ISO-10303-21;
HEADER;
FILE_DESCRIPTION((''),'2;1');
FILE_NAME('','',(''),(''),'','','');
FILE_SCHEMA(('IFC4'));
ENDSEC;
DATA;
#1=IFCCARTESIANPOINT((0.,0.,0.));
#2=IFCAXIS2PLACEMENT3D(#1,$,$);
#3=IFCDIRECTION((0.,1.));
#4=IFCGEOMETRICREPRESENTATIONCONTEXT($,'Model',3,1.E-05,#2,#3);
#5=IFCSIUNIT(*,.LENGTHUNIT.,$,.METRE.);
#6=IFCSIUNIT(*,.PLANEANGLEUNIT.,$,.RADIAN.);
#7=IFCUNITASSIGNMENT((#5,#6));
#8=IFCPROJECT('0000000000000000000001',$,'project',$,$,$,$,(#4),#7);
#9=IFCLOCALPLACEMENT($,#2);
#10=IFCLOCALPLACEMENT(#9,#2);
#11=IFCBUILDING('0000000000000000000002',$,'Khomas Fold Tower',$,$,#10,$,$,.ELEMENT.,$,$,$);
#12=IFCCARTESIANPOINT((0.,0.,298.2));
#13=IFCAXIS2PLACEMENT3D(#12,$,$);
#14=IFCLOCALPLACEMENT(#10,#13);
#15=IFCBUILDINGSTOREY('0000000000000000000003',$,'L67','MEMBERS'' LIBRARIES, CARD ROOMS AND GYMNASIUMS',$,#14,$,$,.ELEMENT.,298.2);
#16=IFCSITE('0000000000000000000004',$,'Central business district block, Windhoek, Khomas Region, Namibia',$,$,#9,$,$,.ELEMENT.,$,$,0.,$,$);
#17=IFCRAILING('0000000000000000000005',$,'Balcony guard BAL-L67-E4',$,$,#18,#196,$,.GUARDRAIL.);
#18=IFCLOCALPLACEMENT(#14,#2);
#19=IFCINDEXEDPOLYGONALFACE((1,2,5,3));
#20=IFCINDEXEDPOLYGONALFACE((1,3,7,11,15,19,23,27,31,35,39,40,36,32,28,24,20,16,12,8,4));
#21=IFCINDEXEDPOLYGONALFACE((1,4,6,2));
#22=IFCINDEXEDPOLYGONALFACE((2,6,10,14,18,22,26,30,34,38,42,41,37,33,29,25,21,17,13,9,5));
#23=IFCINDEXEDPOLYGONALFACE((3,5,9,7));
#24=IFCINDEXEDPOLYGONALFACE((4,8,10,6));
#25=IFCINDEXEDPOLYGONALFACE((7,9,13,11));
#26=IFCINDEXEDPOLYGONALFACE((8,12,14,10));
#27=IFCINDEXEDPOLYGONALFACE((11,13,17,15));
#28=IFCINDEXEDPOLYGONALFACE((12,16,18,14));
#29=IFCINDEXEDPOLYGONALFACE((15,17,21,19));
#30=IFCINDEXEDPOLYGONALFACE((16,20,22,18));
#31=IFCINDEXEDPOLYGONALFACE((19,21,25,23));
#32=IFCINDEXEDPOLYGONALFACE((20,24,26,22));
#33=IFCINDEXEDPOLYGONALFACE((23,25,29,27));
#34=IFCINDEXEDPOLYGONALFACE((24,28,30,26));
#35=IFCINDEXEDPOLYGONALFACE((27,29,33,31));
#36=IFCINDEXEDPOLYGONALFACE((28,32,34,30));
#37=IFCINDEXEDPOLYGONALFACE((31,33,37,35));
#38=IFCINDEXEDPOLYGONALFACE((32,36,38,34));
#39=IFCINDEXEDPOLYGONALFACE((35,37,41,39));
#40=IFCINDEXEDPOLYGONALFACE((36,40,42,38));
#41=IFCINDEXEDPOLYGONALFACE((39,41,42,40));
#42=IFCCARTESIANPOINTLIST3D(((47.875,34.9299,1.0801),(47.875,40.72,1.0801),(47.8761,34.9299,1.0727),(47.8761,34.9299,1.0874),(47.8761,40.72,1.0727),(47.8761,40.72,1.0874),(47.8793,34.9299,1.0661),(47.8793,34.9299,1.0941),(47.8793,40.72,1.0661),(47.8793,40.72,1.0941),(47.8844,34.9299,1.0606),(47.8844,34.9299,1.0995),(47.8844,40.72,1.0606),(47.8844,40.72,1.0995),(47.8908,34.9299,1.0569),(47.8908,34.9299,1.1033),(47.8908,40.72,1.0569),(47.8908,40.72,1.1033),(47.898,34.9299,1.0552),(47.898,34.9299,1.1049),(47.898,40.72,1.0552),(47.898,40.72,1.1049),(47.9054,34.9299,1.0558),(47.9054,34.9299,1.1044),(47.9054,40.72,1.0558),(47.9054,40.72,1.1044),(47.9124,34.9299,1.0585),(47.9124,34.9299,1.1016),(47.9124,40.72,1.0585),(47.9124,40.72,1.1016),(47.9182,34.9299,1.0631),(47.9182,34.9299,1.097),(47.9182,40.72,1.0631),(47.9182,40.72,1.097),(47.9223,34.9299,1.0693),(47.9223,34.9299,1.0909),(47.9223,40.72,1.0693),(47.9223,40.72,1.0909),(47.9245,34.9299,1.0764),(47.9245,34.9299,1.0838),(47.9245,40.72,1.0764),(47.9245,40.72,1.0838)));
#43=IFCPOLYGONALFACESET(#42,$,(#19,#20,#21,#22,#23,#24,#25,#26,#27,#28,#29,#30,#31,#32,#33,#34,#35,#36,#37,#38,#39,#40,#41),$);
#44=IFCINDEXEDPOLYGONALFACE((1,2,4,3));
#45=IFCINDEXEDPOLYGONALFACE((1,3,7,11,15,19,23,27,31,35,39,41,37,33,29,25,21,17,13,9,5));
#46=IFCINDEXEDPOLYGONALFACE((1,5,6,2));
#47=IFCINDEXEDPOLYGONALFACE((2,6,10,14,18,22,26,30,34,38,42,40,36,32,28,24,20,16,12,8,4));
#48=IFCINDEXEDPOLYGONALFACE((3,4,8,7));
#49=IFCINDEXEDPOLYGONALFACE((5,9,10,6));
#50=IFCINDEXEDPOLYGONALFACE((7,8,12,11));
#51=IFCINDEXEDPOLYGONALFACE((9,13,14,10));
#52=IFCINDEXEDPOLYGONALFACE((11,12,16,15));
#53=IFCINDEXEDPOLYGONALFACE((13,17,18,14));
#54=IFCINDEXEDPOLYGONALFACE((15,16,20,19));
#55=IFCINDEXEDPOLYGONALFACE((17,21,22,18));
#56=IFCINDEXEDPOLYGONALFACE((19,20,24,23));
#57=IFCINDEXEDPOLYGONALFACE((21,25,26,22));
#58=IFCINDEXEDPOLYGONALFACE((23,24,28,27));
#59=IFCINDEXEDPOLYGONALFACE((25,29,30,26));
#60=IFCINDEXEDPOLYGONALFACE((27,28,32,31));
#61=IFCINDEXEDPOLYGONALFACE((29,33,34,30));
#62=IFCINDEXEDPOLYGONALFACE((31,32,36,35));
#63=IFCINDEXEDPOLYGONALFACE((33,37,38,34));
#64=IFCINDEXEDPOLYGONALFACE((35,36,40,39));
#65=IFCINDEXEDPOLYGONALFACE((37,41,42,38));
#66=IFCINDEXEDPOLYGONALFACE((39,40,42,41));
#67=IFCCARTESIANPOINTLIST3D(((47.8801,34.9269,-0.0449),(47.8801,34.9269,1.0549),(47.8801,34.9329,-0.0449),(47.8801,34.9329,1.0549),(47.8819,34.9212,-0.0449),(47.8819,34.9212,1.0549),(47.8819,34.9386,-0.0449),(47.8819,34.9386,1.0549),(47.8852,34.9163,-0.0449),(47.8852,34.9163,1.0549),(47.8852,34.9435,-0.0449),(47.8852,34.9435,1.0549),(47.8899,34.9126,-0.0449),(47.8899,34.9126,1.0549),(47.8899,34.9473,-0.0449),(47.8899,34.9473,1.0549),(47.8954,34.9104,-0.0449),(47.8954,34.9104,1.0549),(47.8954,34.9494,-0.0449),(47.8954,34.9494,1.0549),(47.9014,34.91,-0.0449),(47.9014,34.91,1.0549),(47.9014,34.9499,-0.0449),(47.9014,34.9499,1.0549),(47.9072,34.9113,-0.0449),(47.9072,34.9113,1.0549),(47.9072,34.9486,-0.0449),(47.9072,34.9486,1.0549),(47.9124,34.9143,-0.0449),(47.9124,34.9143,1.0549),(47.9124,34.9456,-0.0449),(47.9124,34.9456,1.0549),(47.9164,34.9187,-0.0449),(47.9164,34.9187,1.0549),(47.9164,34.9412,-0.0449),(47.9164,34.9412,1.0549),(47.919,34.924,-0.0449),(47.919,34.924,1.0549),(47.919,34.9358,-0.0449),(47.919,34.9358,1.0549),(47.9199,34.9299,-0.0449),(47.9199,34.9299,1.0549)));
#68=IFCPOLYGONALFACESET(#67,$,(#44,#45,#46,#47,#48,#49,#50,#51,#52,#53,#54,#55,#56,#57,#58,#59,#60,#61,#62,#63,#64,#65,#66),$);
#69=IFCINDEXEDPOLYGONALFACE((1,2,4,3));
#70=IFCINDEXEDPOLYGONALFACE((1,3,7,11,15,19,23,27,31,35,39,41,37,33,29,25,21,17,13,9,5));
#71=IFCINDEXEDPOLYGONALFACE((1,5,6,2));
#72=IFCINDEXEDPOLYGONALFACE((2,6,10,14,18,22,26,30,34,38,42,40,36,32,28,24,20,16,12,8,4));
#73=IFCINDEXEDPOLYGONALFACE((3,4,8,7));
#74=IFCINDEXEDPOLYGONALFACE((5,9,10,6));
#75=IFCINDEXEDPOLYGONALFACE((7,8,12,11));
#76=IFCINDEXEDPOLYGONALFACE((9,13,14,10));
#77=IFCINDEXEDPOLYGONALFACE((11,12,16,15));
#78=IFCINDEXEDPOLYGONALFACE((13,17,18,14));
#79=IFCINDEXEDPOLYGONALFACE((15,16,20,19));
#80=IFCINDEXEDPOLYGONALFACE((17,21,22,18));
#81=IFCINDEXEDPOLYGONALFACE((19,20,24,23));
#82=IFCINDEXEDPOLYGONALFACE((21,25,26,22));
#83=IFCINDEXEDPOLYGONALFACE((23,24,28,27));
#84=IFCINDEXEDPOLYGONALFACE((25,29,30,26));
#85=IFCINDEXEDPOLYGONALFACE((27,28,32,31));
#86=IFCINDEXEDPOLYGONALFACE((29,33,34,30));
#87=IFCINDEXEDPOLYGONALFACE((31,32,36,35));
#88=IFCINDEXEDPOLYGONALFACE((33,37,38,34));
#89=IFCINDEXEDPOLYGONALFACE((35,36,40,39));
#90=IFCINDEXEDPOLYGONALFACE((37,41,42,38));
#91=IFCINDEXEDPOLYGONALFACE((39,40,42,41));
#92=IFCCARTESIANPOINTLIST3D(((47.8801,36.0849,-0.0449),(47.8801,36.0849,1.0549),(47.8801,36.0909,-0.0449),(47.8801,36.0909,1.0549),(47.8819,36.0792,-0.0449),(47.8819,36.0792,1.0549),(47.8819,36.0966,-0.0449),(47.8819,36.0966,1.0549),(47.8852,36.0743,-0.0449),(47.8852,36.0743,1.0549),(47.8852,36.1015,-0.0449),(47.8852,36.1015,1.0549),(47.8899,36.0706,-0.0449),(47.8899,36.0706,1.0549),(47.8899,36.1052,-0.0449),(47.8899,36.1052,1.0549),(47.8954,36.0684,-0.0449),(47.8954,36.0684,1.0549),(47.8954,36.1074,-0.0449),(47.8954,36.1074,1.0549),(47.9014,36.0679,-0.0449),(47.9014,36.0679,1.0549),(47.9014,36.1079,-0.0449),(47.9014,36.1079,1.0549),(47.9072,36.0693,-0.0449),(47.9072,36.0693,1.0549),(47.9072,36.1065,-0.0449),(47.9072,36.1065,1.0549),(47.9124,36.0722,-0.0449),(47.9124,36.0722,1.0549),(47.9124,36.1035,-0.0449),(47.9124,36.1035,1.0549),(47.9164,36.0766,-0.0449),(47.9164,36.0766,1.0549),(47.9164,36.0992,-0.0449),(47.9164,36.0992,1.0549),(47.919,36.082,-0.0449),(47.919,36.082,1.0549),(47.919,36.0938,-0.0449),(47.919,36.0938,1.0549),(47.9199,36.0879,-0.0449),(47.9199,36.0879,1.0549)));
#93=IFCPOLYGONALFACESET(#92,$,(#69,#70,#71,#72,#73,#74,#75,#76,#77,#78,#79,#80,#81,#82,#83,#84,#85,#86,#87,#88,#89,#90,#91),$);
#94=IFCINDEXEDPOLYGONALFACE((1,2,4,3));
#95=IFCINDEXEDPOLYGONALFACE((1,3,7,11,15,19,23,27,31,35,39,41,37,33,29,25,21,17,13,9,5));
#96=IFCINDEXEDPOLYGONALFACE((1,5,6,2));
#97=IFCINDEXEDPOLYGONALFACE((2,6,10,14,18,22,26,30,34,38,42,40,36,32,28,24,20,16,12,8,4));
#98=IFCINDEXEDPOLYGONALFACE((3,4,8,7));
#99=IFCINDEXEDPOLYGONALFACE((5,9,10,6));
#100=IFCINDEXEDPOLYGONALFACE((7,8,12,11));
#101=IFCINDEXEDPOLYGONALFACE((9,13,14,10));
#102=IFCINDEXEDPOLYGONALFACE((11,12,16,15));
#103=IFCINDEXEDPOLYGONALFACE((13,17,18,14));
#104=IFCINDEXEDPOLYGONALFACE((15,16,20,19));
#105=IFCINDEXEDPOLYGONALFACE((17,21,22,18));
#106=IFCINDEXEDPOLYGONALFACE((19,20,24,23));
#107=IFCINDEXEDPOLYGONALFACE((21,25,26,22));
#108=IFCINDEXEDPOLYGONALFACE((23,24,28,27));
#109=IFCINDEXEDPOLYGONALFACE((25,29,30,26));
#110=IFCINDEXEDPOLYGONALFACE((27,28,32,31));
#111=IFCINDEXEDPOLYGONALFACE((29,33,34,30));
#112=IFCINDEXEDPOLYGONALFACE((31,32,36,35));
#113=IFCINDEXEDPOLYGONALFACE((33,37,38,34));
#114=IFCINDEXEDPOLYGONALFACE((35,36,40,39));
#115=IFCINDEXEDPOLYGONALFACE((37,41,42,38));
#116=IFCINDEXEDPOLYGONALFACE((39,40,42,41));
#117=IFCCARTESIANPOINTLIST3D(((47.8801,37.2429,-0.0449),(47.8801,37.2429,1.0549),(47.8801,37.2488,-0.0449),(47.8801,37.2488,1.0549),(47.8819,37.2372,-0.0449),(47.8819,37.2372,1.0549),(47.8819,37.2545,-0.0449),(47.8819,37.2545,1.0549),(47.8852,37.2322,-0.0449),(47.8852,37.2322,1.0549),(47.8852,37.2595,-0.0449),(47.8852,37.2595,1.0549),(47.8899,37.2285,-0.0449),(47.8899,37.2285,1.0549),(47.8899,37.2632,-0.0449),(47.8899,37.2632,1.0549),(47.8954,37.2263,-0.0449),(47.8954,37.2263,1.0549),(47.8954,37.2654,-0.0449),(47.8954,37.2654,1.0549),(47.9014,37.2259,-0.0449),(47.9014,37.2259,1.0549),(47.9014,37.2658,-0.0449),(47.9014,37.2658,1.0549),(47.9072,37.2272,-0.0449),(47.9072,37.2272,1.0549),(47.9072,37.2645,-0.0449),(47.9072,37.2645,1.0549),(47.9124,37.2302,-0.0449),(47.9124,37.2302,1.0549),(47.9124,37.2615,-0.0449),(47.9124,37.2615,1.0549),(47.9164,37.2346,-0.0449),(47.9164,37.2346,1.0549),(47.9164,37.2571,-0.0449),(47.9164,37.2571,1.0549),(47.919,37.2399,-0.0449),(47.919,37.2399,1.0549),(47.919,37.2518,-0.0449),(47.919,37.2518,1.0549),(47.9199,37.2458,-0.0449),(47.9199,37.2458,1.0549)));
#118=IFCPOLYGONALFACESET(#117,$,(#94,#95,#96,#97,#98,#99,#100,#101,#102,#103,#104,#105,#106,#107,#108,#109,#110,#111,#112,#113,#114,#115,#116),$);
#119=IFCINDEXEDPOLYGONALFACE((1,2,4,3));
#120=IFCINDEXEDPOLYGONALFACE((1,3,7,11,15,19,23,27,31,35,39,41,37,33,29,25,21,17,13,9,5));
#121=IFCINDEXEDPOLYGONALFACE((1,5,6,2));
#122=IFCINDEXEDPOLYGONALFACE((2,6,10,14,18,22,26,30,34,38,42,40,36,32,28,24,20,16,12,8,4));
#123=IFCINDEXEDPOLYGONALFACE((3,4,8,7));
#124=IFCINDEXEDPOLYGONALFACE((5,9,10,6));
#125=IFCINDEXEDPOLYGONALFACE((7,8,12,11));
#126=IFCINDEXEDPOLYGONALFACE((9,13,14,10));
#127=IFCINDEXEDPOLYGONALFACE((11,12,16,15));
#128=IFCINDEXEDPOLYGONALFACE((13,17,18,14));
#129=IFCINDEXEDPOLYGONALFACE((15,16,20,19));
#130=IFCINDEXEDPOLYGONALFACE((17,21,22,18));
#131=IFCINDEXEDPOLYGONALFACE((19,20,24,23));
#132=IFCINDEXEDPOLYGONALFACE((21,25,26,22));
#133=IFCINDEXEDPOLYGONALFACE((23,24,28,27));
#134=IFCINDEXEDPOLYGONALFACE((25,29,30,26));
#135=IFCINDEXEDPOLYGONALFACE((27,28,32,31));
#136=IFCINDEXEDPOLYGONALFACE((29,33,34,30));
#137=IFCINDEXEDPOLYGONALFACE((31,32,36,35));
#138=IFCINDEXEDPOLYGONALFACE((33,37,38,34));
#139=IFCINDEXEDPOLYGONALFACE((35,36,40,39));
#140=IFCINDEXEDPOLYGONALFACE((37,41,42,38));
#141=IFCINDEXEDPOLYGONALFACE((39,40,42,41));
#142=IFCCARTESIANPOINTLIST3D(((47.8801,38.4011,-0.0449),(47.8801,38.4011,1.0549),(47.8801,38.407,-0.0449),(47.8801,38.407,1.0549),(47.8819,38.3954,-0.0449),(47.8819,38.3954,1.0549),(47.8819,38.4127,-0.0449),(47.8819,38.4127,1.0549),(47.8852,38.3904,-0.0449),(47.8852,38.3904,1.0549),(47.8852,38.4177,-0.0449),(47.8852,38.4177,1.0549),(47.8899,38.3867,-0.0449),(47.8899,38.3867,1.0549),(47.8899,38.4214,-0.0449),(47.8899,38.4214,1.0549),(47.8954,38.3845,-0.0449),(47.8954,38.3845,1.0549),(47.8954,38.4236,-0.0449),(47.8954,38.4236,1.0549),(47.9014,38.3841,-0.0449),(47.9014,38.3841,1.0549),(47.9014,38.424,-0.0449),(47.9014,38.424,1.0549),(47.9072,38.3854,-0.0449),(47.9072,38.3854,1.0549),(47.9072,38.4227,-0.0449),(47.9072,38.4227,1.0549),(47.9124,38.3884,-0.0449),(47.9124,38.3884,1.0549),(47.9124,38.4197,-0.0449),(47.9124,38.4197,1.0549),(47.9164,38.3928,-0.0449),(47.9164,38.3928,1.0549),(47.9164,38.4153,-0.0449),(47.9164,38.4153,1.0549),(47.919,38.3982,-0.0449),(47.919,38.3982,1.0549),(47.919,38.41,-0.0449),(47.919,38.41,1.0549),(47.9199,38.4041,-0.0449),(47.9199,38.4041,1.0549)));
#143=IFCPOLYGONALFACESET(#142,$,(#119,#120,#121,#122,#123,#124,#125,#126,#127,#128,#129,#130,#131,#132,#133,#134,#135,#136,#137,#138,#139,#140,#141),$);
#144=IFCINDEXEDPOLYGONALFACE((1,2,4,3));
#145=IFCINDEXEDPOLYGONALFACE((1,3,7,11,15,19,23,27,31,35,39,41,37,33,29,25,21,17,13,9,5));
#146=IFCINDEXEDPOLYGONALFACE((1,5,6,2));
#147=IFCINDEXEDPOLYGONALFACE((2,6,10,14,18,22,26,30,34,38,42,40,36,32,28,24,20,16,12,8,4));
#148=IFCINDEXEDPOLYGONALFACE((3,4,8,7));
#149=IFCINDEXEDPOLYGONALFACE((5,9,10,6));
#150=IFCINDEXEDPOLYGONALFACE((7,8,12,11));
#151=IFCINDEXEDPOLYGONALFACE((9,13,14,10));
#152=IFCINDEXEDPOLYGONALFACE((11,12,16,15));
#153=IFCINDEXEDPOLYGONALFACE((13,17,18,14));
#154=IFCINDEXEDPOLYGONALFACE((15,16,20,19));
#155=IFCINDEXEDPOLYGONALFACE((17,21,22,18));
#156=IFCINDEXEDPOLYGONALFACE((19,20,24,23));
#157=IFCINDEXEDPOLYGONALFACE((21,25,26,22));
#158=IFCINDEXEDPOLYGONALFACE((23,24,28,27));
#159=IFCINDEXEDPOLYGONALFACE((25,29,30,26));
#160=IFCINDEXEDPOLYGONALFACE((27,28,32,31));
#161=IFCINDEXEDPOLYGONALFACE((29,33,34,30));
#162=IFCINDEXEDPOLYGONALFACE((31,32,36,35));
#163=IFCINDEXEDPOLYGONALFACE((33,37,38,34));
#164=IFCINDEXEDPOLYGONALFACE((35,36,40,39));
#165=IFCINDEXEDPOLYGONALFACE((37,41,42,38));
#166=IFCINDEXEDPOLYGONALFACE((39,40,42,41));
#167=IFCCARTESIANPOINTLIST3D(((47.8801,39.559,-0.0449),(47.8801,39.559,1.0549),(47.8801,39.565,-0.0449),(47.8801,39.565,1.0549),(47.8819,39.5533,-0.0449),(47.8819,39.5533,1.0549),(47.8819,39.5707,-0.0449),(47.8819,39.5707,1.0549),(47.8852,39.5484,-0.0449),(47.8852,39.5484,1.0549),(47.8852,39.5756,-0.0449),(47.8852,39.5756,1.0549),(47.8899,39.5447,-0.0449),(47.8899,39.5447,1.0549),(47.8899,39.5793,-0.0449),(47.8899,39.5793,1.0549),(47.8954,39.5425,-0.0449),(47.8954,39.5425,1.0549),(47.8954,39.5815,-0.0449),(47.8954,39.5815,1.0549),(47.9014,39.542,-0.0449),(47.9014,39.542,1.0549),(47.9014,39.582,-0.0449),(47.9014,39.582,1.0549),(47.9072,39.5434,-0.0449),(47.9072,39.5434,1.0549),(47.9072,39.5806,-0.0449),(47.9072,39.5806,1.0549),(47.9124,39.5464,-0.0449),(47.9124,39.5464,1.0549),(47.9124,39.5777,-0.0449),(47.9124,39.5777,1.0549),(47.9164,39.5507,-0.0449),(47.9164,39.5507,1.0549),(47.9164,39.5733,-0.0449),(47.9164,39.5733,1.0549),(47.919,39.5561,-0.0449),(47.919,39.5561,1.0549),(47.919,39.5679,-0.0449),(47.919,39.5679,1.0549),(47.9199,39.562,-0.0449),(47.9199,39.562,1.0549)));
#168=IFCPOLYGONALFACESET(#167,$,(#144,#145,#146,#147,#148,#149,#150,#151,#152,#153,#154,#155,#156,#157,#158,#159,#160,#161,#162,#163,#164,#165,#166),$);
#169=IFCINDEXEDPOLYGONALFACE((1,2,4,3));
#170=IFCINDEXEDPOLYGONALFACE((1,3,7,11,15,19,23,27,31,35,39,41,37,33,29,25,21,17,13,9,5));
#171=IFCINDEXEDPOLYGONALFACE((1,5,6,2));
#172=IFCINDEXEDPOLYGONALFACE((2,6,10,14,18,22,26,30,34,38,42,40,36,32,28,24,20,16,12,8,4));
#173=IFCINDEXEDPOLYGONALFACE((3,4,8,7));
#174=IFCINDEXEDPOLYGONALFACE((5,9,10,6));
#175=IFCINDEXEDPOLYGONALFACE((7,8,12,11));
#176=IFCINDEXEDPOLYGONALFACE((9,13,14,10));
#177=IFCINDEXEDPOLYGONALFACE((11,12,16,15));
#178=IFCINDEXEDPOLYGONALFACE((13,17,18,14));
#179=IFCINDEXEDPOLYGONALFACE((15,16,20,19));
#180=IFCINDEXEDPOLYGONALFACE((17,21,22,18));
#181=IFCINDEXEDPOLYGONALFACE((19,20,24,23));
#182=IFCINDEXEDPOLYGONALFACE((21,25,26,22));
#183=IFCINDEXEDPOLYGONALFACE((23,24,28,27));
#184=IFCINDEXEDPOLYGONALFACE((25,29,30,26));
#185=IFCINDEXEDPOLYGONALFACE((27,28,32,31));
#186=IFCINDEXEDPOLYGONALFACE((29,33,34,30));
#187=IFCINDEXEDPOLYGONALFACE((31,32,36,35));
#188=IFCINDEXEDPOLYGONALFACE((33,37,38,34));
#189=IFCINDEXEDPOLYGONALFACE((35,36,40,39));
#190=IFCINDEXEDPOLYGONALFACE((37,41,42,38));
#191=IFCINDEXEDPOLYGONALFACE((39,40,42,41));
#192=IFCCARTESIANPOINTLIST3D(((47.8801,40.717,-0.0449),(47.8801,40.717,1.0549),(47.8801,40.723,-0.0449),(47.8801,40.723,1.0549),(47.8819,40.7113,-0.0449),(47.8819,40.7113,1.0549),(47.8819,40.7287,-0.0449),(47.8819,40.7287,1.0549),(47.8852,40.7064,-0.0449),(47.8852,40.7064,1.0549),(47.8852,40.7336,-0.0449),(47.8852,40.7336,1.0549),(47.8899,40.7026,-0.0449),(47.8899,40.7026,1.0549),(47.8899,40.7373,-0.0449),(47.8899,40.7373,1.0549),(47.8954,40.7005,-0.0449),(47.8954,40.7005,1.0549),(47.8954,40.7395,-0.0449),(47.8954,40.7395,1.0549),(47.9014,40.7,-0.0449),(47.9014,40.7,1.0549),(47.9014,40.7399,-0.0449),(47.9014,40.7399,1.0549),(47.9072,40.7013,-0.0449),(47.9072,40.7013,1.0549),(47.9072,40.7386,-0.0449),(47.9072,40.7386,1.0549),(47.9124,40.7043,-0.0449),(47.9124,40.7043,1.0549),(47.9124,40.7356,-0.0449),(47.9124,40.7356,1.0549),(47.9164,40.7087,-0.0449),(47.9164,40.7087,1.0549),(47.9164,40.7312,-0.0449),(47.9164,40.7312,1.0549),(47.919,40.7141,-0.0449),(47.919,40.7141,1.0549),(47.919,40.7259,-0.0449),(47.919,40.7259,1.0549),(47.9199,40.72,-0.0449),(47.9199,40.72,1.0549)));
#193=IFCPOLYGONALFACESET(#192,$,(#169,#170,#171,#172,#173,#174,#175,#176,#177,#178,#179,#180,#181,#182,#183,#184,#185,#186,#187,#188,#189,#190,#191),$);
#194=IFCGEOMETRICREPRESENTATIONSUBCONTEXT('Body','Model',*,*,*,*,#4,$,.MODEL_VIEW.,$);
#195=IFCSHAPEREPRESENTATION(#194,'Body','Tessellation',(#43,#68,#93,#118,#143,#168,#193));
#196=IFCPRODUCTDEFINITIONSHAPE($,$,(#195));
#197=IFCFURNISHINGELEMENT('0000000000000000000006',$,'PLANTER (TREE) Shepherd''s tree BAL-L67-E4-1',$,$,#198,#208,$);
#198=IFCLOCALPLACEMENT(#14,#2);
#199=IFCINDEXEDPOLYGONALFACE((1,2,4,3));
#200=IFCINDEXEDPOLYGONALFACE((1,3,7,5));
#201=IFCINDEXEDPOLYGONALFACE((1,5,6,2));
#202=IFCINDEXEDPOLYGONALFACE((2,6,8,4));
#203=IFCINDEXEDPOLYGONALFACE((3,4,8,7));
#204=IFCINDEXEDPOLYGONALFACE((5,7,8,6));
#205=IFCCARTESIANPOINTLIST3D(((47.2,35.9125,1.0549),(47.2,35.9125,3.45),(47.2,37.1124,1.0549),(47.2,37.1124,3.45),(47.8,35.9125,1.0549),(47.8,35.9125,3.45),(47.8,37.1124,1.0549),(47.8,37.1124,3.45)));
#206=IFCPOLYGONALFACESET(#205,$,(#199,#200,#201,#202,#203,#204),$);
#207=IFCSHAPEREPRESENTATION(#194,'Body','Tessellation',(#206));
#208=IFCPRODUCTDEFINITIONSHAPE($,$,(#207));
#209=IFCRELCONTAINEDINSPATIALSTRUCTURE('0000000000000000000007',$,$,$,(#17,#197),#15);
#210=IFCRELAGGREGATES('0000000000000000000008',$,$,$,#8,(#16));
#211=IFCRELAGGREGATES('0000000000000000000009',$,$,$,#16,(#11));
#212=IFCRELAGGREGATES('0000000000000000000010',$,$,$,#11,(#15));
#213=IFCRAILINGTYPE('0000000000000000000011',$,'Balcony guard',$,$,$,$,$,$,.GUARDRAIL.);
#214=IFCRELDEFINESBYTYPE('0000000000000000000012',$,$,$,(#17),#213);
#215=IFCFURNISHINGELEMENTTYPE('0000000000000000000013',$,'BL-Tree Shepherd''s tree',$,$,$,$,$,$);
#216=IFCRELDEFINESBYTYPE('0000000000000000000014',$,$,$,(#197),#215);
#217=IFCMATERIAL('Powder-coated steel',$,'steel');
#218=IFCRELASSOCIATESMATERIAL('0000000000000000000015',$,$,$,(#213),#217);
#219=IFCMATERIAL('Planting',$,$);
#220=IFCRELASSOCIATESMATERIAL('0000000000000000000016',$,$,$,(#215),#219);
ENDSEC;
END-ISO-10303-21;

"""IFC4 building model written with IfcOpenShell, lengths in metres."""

from ifc_helpers import new_model, si_unit, direction, frame, origin, origin_2d, place, context, subcontext, project, spatial, rectangle, circle, extrude, source, transform, mapped, material, type_object, element, save


model = new_model("IFC4")

# Units and contexts
model_context = context("Model", 3, precision=1e-05, world=origin(), true_north=direction((0.0, 1.0)))
body_context = subcontext(model_context, "Body", "Model", "MODEL_VIEW")
ifc_project = project(units=[si_unit("LENGTHUNIT", "METRE"), si_unit("PLANEANGLEUNIT", "RADIAN")], contexts=[model_context])

# Site, building, storey
site_placement = place(None, origin())
site = spatial("IfcSite", under=ifc_project, at=site_placement, Name="Central business district block, Windhoek, Khomas Region, Namibia", CompositionType="ELEMENT", RefElevation=0.0)
building_placement = place(site_placement, origin())
building = spatial("IfcBuilding", under=site, at=building_placement, Name="Khomas Fold Tower", CompositionType="ELEMENT")
storey_placement = place(building_placement, frame((0.0, 0.0, 298.2)))
storey = spatial("IfcBuildingStorey", under=building, at=storey_placement, Name="L67", Description="MEMBERS' LIBRARIES, CARD ROOMS AND GYMNASIUMS", CompositionType="ELEMENT", Elevation=298.2)

# Railing
ifc_material_1 = material(Name="Powder-coated steel", Category="steel")
railing_type = type_object("IfcRailingType", Name="Balcony guard", PredefinedType="GUARDRAIL", material=ifc_material_1)
shared_shape_1 = source(origin(), body_context, "Body", "SweptSolid", [
    extrude(circle(Radius=0.0249, at=origin_2d()), frame((0.0, 0.0, 1.125), z_axis=(0.0, 1.0, 0.0), x_axis=(-1.0, 0.0, 0.0)), (0.0, 0.0, 1.0), 5.79),
    extrude(circle(Radius=0.02, at=origin_2d()), origin(), (0.0, 0.0, 1.0), 1.0999),
    extrude(circle(Radius=0.02, at=origin_2d()), frame((0.0, 1.158, 0.0)), (0.0, 0.0, 1.0), 1.0999),
    extrude(circle(Radius=0.02, at=origin_2d()), frame((0.0, 2.3159, 0.0)), (0.0, 0.0, 1.0), 1.0999),
    extrude(circle(Radius=0.02, at=origin_2d()), frame((0.0, 3.4741, 0.0)), (0.0, 0.0, 1.0), 1.0999),
    extrude(circle(Radius=0.02, at=origin_2d()), frame((0.0, 4.6321, 0.0)), (0.0, 0.0, 1.0), 1.0999),
    extrude(circle(Radius=0.02, at=origin_2d()), frame((0.0, 5.79, 0.0)), (0.0, 0.0, 1.0), 1.0999),
])
railing_placement = place(storey_placement, frame((47.8999, 34.9299, -0.0449)))
element("IfcRailing", 1, at=railing_placement, inside=storey, type_object=railing_type, Name="Balcony guard BAL-L67-E4", PredefinedType="GUARDRAIL", context=body_context, shape_type="MappedRepresentation", body=[
    mapped(shared_shape_1, transform((0.0, 0.0, 0.0))),
])

# Furnishing element
ifc_material_2 = material(Name="Planting")
furnishing_element_type_1 = type_object("IfcFurnishingElementType", Name="BL-Tree Shepherd's tree", material=ifc_material_2)
shared_shape_2 = source(origin(), body_context, "Body", "SweptSolid", [
    extrude(rectangle(XDim=1.2, YDim=0.6001, at=origin_2d()), origin(), (0.0, 0.0, 1.0), 2.395),
])
furnishing_1_placement = place(storey_placement, frame((47.5, 36.5125, 1.0549), z_axis=(0.0, 0.0, 1.0), x_axis=(0.0, 1.0, 0.0)))
element("IfcFurnishingElement", 2, at=furnishing_1_placement, inside=storey, type_object=furnishing_element_type_1, Name="PLANTER (TREE) Shepherd's tree BAL-L67-E4-1", context=body_context, shape_type="MappedRepresentation", body=[
    mapped(shared_shape_2, transform((0.0, 0.0, 0.0))),
])

save(model, "model.ifc")
